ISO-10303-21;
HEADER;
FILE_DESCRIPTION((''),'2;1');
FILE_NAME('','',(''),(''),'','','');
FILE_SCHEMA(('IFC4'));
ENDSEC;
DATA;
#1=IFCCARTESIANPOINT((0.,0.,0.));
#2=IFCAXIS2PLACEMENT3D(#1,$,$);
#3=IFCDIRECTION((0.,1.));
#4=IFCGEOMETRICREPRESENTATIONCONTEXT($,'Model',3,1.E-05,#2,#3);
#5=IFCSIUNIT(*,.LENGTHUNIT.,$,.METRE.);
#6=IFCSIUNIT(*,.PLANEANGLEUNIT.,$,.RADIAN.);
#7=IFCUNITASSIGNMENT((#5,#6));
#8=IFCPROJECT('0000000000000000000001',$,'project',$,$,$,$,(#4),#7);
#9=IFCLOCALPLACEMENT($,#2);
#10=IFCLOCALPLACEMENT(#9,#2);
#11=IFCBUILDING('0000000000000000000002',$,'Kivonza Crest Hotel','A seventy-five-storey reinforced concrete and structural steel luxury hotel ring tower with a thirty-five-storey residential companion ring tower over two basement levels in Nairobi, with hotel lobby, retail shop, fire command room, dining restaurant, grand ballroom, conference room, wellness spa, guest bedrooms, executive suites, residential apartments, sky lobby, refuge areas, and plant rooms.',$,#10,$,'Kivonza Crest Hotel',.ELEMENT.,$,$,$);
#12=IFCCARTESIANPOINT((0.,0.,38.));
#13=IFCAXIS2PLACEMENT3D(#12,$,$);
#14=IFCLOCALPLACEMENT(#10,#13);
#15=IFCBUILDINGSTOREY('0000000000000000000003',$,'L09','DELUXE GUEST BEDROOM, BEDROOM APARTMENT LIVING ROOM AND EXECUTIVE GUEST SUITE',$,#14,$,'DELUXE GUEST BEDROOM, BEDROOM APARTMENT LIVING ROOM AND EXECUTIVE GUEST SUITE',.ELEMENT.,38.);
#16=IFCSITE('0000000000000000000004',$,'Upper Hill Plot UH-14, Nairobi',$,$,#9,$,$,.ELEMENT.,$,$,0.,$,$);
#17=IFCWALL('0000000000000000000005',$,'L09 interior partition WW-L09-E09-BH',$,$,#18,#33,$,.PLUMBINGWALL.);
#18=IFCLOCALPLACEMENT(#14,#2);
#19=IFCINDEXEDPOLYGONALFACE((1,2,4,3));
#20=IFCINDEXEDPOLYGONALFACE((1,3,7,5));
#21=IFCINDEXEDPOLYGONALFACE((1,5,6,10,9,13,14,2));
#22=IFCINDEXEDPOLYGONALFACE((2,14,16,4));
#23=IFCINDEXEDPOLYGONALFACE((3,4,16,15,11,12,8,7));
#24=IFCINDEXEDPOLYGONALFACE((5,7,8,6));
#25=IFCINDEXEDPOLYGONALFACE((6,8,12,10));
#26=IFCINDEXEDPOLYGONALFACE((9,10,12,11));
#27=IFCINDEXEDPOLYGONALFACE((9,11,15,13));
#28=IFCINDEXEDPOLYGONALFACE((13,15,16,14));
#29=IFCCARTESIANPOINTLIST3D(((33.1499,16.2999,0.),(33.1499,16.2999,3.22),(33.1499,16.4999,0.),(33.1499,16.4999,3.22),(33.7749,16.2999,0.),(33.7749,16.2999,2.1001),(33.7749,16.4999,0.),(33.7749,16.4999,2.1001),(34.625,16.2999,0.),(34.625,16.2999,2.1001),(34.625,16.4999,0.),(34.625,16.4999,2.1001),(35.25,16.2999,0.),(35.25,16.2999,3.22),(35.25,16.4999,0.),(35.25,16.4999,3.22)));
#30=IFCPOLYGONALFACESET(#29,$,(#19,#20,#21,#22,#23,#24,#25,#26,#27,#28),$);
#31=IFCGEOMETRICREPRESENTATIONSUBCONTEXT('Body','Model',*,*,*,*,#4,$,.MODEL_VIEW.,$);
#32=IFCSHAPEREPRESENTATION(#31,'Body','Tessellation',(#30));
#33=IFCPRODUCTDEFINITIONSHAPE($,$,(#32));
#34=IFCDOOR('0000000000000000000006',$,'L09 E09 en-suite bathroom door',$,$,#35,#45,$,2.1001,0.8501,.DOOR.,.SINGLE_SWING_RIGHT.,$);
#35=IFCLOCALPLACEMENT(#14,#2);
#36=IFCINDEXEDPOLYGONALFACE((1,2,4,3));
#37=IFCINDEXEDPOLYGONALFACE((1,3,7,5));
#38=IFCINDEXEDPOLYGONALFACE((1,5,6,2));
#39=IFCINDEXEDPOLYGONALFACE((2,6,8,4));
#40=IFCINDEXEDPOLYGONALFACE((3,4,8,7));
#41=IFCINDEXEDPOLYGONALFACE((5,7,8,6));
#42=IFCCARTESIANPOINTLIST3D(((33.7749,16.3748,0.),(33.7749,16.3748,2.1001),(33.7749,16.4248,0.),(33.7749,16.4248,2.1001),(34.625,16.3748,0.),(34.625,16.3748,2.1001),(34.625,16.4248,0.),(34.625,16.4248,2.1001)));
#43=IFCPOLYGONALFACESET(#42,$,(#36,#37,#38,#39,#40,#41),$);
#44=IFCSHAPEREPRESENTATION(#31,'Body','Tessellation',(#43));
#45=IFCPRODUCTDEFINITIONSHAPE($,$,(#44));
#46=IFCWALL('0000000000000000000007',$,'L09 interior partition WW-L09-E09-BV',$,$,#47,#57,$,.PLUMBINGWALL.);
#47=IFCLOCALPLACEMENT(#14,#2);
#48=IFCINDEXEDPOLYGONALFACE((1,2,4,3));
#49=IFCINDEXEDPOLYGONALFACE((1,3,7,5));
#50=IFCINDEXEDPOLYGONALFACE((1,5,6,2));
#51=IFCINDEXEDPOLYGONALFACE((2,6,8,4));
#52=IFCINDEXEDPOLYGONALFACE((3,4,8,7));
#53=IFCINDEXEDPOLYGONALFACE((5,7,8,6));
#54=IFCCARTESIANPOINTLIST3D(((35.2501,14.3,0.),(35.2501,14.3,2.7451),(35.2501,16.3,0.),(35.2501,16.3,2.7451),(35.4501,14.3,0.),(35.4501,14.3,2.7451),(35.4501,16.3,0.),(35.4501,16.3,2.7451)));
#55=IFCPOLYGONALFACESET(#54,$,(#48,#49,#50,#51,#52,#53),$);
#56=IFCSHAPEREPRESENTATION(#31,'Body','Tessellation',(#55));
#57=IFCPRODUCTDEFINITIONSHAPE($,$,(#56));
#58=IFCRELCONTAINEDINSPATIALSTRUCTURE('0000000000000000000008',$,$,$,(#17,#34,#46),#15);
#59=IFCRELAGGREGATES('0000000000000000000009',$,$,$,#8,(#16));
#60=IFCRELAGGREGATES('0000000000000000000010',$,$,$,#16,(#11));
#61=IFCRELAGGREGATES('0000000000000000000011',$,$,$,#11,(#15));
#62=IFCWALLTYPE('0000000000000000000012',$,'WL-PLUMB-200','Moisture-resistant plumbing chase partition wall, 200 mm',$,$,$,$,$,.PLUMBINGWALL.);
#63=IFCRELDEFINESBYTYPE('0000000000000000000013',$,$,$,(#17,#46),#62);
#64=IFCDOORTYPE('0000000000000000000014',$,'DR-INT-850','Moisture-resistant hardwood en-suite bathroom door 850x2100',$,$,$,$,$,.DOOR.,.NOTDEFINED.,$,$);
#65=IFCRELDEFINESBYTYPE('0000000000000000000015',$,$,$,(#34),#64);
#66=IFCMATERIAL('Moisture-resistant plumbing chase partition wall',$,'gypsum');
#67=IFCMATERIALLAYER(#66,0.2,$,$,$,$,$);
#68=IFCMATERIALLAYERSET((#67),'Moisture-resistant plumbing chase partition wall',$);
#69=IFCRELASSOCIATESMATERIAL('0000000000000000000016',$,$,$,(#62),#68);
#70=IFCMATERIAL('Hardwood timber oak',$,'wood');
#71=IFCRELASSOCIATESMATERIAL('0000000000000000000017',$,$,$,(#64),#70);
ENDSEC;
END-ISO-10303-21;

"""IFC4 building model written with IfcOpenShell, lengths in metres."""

from ifc_helpers import new_model, si_unit, direction, frame, frame_2d, origin, place, context, subcontext, project, spatial, rectangle, extrude, material, layer, layer_set, type_object, element, fill, save


model = new_model("IFC4")

# Units and contexts
model_context = context("Model", 3, precision=1e-05, world=origin(), true_north=direction((0.0, 1.0)))
body_context = subcontext(model_context, "Body", "Model", "MODEL_VIEW")
ifc_project = project(units=[si_unit("LENGTHUNIT", "METRE"), si_unit("PLANEANGLEUNIT", "RADIAN")], contexts=[model_context])

# Site, building, storey
site_placement = place(None, origin())
site = spatial("IfcSite", under=ifc_project, at=site_placement, Name="Upper Hill Plot UH-14, Nairobi", CompositionType="ELEMENT", RefElevation=0.0)
building_placement = place(site_placement, origin())
building = spatial("IfcBuilding", under=site, at=building_placement, Name="Kivonza Crest Hotel", Description="A seventy-five-storey reinforced concrete and structural steel luxury hotel ring tower with a thirty-five-storey residential companion ring tower over two basement levels in Nairobi, with hotel lobby, retail shop, fire command room, dining restaurant, grand ballroom, conference room, wellness spa, guest bedrooms, executive suites, residential apartments, sky lobby, refuge areas, and plant rooms.", LongName="Kivonza Crest Hotel", CompositionType="ELEMENT")
storey_placement = place(building_placement, frame((0.0, 0.0, 38.0)))
storey = spatial("IfcBuildingStorey", under=building, at=storey_placement, Name="L09", Description="DELUXE GUEST BEDROOM, BEDROOM APARTMENT LIVING ROOM AND EXECUTIVE GUEST SUITE", LongName="DELUXE GUEST BEDROOM, BEDROOM APARTMENT LIVING ROOM AND EXECUTIVE GUEST SUITE", CompositionType="ELEMENT", Elevation=38.0)

# Shared definitions
ifc_material_1 = material(Name="Hardwood timber oak", Category="wood")

# Wall, opening, door
ifc_material_2 = material(Name="Moisture-resistant plumbing chase partition wall", Category="gypsum")
ifc_layer_1 = layer(ifc_material_2, 0.2)
ifc_layer_set_1 = layer_set([ifc_layer_1], Name="Moisture-resistant plumbing chase partition wall")
wall_type_1 = type_object("IfcWallType", Name="WL-PLUMB-200", Description="Moisture-resistant plumbing chase partition wall, 200 mm", PredefinedType="PLUMBINGWALL", material=ifc_layer_set_1)
wall_1_placement = place(storey_placement, frame((33.1499, 16.3999, 0.0), z_axis=(0.0, 0.0, 1.0), x_axis=(1.0, 0.0, 0.0)))
wall_1 = element("IfcWall", 1, at=wall_1_placement, inside=storey, type_object=wall_type_1, Name="L09 interior partition WW-L09-E09-BH", PredefinedType="PLUMBINGWALL", context=body_context, shape_type="SweptSolid", body=[
    extrude(rectangle(XDim=2.1001, YDim=0.2, at=frame_2d((1.05, 0.0))), origin(), (0.0, 0.0, 1.0), 3.22),
])
opening_1_placement = place(wall_1_placement, frame((0.625, 0.0, 0.0)))
opening_1 = element("IfcOpeningElement", 2, at=opening_1_placement, cuts=wall_1, PredefinedType="OPENING", context=body_context, shape_type="SweptSolid", body=[
    extrude(rectangle(XDim=0.8501, YDim=2.1001, at=frame_2d((0.425, 1.05))), frame((0.0, 0.1099, 0.0), z_axis=(0.0, -1.0, 0.0), x_axis=(1.0, 0.0, 0.0)), (0.0, 0.0, 1.0), 0.22),
])
door_type_1 = type_object("IfcDoorType", Name="DR-INT-850", Description="Moisture-resistant hardwood en-suite bathroom door 850x2100", OperationType="NOTDEFINED", PredefinedType="DOOR", material=ifc_material_1)
door_1_placement = place(opening_1_placement, origin())
door_1 = element("IfcDoor", 3, at=door_1_placement, inside=storey, type_object=door_type_1, Name="L09 E09 en-suite bathroom door", OperationType="SINGLE_SWING_RIGHT", OverallHeight=2.1001, OverallWidth=0.8501, PredefinedType="DOOR", context=body_context, shape_type="SweptSolid", body=[
    extrude(rectangle(XDim=0.8501, YDim=2.1001, at=frame_2d((0.425, 1.05))), frame((0.0, 0.0249, 0.0), z_axis=(0.0, -1.0, 0.0), x_axis=(1.0, 0.0, 0.0)), (0.0, 0.0, 1.0), 0.05),
])
fill(opening_1, door_1)

# Wall
wall_2_placement = place(storey_placement, frame((35.3501, 14.3, 0.0), z_axis=(0.0, 0.0, 1.0), x_axis=(0.0, 1.0, 0.0)))
element("IfcWall", 4, at=wall_2_placement, inside=storey, type_object=wall_type_1, Name="L09 interior partition WW-L09-E09-BV", PredefinedType="PLUMBINGWALL", context=body_context, shape_type="SweptSolid", body=[
    extrude(rectangle(XDim=2.0, YDim=0.2, at=frame_2d((1.0, 0.0))), origin(), (0.0, 0.0, 1.0), 2.7451),
])

save(model, "model.ifc")
